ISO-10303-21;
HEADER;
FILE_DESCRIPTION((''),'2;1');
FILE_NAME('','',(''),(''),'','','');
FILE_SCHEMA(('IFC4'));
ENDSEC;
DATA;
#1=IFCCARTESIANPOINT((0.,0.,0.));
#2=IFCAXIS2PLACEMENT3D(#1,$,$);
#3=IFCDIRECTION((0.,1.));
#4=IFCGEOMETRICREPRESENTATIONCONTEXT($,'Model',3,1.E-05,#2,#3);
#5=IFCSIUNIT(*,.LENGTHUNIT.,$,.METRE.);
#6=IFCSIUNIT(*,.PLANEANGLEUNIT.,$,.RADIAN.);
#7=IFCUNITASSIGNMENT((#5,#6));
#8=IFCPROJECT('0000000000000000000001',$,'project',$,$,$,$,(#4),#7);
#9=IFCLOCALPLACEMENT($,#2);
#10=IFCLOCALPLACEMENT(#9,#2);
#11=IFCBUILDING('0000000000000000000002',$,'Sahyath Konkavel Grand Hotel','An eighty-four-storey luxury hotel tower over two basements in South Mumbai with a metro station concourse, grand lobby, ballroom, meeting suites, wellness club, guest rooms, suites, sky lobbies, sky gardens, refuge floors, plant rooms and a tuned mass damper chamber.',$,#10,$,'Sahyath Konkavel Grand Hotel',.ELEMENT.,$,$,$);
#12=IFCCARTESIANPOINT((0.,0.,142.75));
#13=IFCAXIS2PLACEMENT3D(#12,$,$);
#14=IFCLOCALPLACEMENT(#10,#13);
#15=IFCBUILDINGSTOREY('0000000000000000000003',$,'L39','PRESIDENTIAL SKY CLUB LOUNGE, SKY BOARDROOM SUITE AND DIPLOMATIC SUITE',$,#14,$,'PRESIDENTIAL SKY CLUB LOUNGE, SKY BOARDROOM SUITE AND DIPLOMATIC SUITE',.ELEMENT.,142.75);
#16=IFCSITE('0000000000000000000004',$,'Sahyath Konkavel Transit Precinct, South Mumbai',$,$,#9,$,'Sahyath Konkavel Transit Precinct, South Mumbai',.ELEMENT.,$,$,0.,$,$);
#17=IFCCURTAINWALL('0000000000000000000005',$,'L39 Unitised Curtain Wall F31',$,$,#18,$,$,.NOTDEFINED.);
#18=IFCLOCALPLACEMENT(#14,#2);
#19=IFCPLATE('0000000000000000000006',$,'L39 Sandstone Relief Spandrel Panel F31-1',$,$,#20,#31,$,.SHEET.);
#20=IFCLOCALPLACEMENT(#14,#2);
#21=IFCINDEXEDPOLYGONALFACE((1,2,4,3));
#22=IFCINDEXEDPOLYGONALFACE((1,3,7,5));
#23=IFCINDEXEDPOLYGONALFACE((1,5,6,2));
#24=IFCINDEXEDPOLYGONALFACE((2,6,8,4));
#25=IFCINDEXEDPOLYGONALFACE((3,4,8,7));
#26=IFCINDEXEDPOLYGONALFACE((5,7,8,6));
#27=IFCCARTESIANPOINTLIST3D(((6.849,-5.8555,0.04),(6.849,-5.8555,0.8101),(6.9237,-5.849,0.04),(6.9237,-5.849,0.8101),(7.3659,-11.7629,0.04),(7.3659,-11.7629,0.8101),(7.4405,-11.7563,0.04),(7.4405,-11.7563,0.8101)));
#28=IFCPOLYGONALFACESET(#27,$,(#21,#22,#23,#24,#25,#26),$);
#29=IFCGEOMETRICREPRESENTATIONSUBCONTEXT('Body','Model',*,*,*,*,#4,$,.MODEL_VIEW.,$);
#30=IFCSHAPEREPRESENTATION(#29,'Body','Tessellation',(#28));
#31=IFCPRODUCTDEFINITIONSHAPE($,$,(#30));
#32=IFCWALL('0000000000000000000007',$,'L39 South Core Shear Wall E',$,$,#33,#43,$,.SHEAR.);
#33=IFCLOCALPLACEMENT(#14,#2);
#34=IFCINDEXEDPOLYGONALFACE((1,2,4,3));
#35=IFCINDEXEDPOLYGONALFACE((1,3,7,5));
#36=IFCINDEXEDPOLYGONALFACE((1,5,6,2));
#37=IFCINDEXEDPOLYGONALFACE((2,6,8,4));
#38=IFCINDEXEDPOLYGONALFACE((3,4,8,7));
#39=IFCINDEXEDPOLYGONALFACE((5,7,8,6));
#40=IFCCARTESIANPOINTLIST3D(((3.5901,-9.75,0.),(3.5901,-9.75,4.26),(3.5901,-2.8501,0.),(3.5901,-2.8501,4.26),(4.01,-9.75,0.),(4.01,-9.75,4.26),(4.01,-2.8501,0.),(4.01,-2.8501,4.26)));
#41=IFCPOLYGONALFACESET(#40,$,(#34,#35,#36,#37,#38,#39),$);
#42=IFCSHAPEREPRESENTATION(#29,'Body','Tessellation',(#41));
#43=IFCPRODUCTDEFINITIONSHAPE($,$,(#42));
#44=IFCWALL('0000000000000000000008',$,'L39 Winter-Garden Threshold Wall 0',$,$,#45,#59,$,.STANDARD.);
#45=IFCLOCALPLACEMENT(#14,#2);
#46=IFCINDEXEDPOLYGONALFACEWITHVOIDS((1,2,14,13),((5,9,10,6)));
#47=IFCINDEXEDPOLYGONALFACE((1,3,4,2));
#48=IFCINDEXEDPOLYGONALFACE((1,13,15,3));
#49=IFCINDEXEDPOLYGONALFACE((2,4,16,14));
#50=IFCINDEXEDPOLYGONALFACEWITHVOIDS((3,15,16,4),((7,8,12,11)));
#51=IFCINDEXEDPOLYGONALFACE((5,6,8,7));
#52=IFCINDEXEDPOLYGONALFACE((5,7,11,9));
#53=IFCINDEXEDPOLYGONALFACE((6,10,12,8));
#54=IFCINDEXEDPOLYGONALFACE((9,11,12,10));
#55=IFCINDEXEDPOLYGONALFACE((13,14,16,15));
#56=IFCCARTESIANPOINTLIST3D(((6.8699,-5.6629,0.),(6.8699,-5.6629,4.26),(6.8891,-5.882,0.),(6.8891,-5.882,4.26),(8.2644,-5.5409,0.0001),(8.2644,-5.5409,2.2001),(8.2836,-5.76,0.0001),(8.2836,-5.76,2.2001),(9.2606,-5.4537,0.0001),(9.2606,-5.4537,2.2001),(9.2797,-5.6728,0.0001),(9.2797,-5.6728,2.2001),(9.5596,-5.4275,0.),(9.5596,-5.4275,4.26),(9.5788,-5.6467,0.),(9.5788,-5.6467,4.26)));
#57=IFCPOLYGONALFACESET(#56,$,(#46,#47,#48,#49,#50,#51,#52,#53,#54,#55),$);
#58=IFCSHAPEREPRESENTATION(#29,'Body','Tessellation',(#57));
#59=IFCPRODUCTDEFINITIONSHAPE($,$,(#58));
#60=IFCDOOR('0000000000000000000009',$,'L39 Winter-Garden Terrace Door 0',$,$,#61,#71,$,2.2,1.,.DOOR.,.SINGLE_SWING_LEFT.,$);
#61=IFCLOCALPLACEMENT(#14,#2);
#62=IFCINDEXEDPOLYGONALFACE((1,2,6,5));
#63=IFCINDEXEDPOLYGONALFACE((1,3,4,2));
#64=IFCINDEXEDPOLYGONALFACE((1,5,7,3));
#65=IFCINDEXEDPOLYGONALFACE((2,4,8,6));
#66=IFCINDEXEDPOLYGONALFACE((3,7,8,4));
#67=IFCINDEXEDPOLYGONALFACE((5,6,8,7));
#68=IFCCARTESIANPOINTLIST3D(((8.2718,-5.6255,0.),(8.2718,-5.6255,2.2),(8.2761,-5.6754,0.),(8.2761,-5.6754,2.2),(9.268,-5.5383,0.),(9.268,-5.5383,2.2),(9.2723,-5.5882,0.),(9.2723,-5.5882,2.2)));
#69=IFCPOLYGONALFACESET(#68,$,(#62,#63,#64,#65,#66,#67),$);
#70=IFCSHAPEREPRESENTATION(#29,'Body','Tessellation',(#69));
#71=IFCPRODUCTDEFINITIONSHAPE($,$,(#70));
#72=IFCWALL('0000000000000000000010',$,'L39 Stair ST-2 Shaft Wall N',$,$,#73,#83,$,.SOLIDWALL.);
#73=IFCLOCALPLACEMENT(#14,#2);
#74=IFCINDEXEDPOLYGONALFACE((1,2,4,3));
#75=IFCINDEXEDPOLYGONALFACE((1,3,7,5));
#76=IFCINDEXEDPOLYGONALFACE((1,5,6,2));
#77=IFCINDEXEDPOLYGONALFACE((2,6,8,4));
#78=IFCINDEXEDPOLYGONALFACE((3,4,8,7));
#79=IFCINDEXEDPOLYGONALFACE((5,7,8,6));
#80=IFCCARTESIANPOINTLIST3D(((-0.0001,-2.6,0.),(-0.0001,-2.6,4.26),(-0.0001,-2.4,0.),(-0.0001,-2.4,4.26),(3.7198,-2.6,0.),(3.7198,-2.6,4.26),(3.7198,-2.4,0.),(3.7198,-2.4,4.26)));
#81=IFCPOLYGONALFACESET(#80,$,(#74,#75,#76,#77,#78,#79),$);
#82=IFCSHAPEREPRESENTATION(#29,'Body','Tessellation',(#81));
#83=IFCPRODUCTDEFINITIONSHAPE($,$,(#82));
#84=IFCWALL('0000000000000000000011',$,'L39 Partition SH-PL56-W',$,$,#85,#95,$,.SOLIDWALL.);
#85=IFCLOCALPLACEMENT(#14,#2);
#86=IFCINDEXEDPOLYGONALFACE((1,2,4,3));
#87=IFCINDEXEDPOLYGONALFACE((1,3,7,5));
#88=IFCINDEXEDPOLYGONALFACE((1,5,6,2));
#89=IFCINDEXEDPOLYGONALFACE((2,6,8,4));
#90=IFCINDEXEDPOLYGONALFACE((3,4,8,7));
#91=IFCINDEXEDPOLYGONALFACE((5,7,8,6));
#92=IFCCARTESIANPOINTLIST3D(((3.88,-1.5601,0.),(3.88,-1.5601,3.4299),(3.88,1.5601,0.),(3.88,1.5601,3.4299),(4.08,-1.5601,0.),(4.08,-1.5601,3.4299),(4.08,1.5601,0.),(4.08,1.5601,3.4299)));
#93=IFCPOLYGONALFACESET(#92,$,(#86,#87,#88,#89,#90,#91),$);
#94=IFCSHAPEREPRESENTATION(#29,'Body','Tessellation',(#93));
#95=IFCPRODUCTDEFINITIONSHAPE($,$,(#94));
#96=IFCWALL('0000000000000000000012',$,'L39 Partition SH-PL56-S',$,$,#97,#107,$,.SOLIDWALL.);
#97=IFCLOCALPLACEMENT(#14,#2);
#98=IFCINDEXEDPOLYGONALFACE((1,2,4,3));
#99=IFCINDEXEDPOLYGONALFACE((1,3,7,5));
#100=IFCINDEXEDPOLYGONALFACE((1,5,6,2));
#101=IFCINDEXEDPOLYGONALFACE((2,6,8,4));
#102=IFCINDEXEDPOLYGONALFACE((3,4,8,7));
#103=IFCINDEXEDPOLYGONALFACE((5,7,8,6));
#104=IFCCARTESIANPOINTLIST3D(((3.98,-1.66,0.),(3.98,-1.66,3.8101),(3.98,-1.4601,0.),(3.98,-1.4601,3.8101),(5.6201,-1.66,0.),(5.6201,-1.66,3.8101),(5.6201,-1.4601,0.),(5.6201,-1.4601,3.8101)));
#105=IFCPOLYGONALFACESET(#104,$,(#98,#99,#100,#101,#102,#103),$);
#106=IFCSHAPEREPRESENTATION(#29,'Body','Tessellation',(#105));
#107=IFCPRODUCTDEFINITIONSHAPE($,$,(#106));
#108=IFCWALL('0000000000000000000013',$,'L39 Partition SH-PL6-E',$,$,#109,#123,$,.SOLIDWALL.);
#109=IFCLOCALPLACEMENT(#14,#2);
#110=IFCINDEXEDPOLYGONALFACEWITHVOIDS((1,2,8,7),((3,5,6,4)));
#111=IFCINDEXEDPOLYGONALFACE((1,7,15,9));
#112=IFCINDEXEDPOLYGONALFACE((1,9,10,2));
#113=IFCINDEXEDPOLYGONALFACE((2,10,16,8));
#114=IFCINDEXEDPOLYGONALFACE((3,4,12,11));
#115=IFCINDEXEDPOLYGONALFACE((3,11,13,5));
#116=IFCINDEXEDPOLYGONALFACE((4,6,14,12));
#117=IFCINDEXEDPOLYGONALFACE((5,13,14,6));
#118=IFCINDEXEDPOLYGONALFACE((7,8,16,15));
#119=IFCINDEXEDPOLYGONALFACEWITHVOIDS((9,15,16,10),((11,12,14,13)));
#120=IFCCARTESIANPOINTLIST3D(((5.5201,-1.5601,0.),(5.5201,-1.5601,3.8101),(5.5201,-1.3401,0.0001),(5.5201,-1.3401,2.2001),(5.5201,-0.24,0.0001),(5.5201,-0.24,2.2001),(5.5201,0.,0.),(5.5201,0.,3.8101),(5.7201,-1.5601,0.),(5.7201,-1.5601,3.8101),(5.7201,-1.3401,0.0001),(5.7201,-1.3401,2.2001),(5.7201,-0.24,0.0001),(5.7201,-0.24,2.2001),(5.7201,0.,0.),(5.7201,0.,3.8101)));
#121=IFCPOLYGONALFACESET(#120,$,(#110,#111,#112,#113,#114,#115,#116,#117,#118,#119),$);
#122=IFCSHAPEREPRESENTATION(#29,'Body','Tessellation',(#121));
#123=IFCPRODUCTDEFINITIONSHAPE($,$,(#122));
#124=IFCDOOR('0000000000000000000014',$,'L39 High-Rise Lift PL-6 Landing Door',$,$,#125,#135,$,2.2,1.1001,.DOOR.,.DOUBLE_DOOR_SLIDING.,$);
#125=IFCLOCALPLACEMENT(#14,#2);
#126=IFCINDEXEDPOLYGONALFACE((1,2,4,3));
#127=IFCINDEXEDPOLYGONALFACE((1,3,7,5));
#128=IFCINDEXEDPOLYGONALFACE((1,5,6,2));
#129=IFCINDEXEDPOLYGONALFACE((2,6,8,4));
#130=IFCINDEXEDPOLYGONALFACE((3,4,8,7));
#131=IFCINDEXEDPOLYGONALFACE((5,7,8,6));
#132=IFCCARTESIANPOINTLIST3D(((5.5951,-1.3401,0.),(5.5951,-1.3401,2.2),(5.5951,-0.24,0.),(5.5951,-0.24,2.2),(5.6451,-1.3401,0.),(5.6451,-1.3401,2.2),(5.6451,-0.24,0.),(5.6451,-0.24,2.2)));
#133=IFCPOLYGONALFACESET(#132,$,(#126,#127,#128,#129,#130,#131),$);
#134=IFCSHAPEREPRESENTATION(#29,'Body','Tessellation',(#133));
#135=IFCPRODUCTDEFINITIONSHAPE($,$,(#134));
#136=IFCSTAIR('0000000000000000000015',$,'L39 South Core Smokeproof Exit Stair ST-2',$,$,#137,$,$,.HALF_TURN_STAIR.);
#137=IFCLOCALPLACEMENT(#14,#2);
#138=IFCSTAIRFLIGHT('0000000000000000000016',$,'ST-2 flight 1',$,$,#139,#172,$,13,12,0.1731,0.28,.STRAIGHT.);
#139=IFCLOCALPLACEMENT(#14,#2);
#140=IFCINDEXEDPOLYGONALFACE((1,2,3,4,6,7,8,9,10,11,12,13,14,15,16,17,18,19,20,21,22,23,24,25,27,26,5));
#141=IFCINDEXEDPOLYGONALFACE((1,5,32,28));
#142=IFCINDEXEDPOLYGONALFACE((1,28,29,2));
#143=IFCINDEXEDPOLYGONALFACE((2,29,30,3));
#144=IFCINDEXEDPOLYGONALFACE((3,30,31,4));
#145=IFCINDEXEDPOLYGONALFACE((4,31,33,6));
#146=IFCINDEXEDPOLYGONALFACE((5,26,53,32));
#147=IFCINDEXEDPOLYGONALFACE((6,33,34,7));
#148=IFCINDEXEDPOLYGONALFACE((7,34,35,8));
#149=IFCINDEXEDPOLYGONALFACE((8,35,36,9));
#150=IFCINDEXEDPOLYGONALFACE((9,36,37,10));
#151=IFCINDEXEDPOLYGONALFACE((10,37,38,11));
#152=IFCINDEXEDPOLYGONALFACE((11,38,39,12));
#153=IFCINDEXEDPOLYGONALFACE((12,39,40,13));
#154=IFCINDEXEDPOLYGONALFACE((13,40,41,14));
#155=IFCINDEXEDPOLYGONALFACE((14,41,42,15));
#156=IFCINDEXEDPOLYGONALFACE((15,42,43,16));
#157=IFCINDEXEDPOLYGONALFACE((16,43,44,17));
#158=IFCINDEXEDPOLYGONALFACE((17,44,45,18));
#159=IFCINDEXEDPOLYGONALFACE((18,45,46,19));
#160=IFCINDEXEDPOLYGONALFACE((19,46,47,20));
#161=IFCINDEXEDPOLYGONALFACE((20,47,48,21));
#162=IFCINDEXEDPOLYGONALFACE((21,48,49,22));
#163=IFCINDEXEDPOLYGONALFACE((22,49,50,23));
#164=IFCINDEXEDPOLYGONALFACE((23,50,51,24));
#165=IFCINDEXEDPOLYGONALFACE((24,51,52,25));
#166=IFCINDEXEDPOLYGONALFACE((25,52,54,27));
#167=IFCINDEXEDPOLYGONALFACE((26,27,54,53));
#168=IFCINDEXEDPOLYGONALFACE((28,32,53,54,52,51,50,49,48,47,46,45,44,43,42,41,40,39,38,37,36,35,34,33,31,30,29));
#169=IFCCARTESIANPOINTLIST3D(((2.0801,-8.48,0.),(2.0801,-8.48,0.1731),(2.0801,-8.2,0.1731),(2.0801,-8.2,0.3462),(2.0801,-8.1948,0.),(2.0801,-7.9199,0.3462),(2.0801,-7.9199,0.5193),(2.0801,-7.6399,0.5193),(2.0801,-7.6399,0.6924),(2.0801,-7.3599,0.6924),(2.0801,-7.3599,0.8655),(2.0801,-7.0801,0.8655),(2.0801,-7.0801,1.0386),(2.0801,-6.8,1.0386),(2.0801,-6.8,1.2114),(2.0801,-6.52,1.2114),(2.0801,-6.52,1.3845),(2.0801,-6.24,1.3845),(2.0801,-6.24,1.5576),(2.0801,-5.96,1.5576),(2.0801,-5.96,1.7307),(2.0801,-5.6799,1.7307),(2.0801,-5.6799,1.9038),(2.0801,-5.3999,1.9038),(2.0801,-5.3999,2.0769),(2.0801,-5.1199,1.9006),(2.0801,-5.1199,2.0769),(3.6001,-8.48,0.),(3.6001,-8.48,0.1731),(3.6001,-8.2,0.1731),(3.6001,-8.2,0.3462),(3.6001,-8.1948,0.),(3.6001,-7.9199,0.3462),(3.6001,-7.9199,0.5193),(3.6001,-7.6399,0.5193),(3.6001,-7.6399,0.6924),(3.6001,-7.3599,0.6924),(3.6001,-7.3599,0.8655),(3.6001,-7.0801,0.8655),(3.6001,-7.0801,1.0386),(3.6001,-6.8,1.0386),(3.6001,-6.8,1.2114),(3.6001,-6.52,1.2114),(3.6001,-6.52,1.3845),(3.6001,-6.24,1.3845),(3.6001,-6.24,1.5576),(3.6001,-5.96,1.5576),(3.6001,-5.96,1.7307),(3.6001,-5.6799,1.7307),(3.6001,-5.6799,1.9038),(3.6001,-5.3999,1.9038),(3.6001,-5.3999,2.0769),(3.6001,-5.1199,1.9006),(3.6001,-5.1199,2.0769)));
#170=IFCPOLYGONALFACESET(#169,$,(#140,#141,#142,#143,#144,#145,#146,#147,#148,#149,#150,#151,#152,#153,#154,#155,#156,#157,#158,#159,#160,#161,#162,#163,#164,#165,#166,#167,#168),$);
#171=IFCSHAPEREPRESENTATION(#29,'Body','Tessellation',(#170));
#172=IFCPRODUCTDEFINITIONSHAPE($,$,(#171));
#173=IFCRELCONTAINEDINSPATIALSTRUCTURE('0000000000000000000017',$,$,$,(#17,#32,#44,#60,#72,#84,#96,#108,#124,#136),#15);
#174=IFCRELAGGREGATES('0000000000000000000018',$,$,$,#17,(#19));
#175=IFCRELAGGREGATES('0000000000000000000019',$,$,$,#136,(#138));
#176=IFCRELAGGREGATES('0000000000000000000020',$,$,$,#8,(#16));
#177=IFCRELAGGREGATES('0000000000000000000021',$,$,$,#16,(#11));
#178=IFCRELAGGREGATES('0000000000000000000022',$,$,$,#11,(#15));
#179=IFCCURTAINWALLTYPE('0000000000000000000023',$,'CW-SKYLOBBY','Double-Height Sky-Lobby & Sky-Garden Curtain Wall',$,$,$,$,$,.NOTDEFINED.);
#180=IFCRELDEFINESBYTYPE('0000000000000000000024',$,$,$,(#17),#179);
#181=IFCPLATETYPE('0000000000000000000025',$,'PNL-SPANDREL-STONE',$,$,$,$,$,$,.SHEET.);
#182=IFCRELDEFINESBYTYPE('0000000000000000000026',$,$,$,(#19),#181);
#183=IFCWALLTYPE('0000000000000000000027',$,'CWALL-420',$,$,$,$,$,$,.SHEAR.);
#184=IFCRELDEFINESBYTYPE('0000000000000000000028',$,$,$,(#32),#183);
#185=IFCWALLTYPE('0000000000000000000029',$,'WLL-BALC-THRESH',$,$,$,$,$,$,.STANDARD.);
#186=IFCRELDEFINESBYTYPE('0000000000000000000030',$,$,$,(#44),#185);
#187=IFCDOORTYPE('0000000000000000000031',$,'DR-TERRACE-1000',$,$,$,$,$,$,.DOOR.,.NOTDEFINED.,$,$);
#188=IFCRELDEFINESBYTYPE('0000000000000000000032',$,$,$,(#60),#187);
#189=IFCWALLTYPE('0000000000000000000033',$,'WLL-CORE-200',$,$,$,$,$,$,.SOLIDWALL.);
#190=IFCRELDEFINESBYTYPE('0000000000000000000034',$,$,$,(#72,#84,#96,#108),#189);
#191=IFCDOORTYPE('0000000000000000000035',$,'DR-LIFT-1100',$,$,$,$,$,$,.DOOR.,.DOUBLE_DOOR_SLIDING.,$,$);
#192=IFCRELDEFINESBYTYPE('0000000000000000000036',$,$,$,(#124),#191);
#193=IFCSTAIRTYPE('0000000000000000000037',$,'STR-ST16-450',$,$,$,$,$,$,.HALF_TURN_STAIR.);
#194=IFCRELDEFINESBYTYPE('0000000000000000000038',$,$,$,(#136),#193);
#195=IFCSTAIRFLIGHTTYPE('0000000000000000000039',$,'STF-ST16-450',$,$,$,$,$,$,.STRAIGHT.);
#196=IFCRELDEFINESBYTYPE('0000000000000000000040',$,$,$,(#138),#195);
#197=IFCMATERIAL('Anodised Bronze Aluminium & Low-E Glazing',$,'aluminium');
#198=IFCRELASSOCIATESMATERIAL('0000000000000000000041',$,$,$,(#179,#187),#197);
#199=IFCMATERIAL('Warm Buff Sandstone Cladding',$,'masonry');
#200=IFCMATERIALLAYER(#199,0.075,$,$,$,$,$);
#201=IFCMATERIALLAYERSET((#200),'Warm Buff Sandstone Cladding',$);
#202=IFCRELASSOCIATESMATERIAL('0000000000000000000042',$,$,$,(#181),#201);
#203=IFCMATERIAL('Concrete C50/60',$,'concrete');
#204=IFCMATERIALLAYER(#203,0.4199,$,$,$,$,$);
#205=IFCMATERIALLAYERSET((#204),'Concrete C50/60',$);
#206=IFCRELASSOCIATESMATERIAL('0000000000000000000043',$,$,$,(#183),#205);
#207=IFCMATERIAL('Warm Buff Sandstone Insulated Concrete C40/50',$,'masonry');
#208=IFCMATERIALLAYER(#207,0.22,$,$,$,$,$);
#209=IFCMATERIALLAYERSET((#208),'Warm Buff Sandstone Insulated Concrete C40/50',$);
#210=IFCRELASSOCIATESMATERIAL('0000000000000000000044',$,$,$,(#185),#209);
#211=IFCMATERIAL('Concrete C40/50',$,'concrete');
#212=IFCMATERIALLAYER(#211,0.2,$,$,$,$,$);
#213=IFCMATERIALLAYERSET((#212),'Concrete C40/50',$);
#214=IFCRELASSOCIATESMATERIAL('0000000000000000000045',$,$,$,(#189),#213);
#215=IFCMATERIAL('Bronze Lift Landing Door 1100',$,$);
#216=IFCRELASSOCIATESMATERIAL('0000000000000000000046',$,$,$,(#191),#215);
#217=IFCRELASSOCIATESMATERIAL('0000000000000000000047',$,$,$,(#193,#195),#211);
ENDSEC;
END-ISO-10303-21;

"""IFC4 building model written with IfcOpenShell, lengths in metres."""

from ifc_helpers import new_model, si_unit, direction, frame, frame_2d, origin, origin_2d, place, context, subcontext, project, spatial, polyline, rectangle, outline, extrude, source, transform, mapped, material, layer, layer_set, type_object, element, fill, aggregate, save


model = new_model("IFC4")

# Units and contexts
model_context = context("Model", 3, precision=1e-05, world=origin(), true_north=direction((0.0, 1.0)))
body_context = subcontext(model_context, "Body", "Model", "MODEL_VIEW")
ifc_project = project(units=[si_unit("LENGTHUNIT", "METRE"), si_unit("PLANEANGLEUNIT", "RADIAN")], contexts=[model_context])

# Site, building, storey
site_placement = place(None, origin())
site = spatial("IfcSite", under=ifc_project, at=site_placement, Name="Sahyath Konkavel Transit Precinct, South Mumbai", LongName="Sahyath Konkavel Transit Precinct, South Mumbai", CompositionType="ELEMENT", RefElevation=0.0)
building_placement = place(site_placement, origin())
building = spatial("IfcBuilding", under=site, at=building_placement, Name="Sahyath Konkavel Grand Hotel", Description="An eighty-four-storey luxury hotel tower over two basements in South Mumbai with a metro station concourse, grand lobby, ballroom, meeting suites, wellness club, guest rooms, suites, sky lobbies, sky gardens, refuge floors, plant rooms and a tuned mass damper chamber.", LongName="Sahyath Konkavel Grand Hotel", CompositionType="ELEMENT")
storey_placement = place(building_placement, frame((0.0, 0.0, 142.75)))
storey = spatial("IfcBuildingStorey", under=building, at=storey_placement, Name="L39", Description="PRESIDENTIAL SKY CLUB LOUNGE, SKY BOARDROOM SUITE AND DIPLOMATIC SUITE", LongName="PRESIDENTIAL SKY CLUB LOUNGE, SKY BOARDROOM SUITE AND DIPLOMATIC SUITE", CompositionType="ELEMENT", Elevation=142.75)

# Shared definitions
ifc_material_1 = material(Name="Concrete C50/60", Category="concrete")

# Curtain wall
ifc_material_2 = material(Name="Anodised Bronze Aluminium & Low-E Glazing", Category="aluminium")
curtain_wall_type = type_object("IfcCurtainWallType", Name="CW-SKYLOBBY", Description="Double-Height Sky-Lobby & Sky-Garden Curtain Wall", PredefinedType="NOTDEFINED", material=ifc_material_2)
curtain_wall_placement = place(storey_placement, origin())
curtain_wall = element("IfcCurtainWall", 1, at=curtain_wall_placement, inside=storey, type_object=curtain_wall_type, Name="L39 Unitised Curtain Wall F31", PredefinedType="NOTDEFINED")

# Plate
ifc_material_3 = material(Name="Warm Buff Sandstone Cladding", Category="masonry")
ifc_layer_1 = layer(ifc_material_3, 0.075)
ifc_layer_set_1 = layer_set([ifc_layer_1], Name="Warm Buff Sandstone Cladding")
plate_type = type_object("IfcPlateType", Name="PNL-SPANDREL-STONE", PredefinedType="SHEET", material=ifc_layer_set_1)
shared_shape_1 = source(origin(), body_context, "Body", "SweptSolid", [
    extrude(rectangle(XDim=5.9299, YDim=0.075, at=origin_2d()), origin(), (0.0, 0.0, 1.0), 0.77),
])
plate_placement = place(storey_placement, frame((7.1448, -8.8059, 0.04), z_axis=(0.0, 0.0, 1.0), x_axis=(-0.087156, 0.996195, 0.0)))
plate = element("IfcPlate", 2, at=plate_placement, type_object=plate_type, Name="L39 Sandstone Relief Spandrel Panel F31-1", PredefinedType="SHEET", context=body_context, shape_type="MappedRepresentation", body=[
    mapped(shared_shape_1, transform((0.0, 0.0, 0.0), scale=1.0)),
])
aggregate(curtain_wall, [plate])

# Wall
ifc_layer_2 = layer(ifc_material_1, 0.4199)
ifc_layer_set_2 = layer_set([ifc_layer_2], Name="Concrete C50/60")
wall_type_1 = type_object("IfcWallType", Name="CWALL-420", PredefinedType="SHEAR", material=ifc_layer_set_2)
wall_1_placement = place(storey_placement, frame((3.8, -9.75, 0.0), z_axis=(0.0, 0.0, 1.0), x_axis=(0.0, 1.0, 0.0)))
element("IfcWall", 3, at=wall_1_placement, inside=storey, type_object=wall_type_1, Name="L39 South Core Shear Wall E", PredefinedType="SHEAR", context=body_context, shape_type="SweptSolid", body=[
    extrude(rectangle(XDim=6.8999, YDim=0.4199, at=frame_2d((3.45, 0.0))), origin(), (0.0, 0.0, 1.0), 4.26),
])

# Wall, opening, door
ifc_material_4 = material(Name="Warm Buff Sandstone Insulated Concrete C40/50", Category="masonry")
ifc_layer_3 = layer(ifc_material_4, 0.22)
ifc_layer_set_3 = layer_set([ifc_layer_3], Name="Warm Buff Sandstone Insulated Concrete C40/50")
wall_type_2 = type_object("IfcWallType", Name="WLL-BALC-THRESH", PredefinedType="STANDARD", material=ifc_layer_set_3)
wall_2_placement = place(storey_placement, frame((6.8794, -5.7725, 0.0), z_axis=(0.0, 0.0, 1.0), x_axis=(0.996194, 0.087168, 0.0)))
wall_2 = element("IfcWall", 4, at=wall_2_placement, inside=storey, type_object=wall_type_2, Name="L39 Winter-Garden Threshold Wall 0", PredefinedType="STANDARD", context=body_context, shape_type="SweptSolid", body=[
    extrude(rectangle(XDim=2.7, YDim=0.22, at=frame_2d((1.3501, 0.0))), origin(), (0.0, 0.0, 1.0), 4.26),
])
opening_1_placement = place(wall_2_placement, frame((1.3999, 0.0, 0.0)))
opening_1 = element("IfcOpeningElement", 5, at=opening_1_placement, cuts=wall_2, PredefinedType="OPENING", context=body_context, shape_type="SweptSolid", body=[
    extrude(rectangle(XDim=1.0, YDim=2.2, at=frame_2d((0.5, 1.1001))), frame((0.0, 0.1201, 0.0), z_axis=(0.0, -1.0, 0.0), x_axis=(1.0, 0.0, 0.0)), (0.0, 0.0, 1.0), 0.24),
])
door_type_1 = type_object("IfcDoorType", Name="DR-TERRACE-1000", OperationType="NOTDEFINED", PredefinedType="DOOR", material=ifc_material_2)
shared_shape_2 = source(origin(), body_context, "Body", "SweptSolid", [
    extrude(rectangle(XDim=1.0, YDim=0.05, at=origin_2d()), origin(), (0.0, 0.0, 1.0), 2.2),
])
door_1_placement = place(opening_1_placement, frame((0.5, 0.0, 0.0)))
door_1 = element("IfcDoor", 6, at=door_1_placement, inside=storey, type_object=door_type_1, Name="L39 Winter-Garden Terrace Door 0", OperationType="SINGLE_SWING_LEFT", OverallHeight=2.2, OverallWidth=1.0, PredefinedType="DOOR", context=body_context, shape_type="MappedRepresentation", body=[
    mapped(shared_shape_2, transform((0.0, 0.0, 0.0), scale=1.0)),
])
fill(opening_1, door_1)

# Walls
ifc_material_5 = material(Name="Concrete C40/50", Category="concrete")
ifc_layer_4 = layer(ifc_material_5, 0.2)
ifc_layer_set_4 = layer_set([ifc_layer_4], Name="Concrete C40/50")
wall_type_3 = type_object("IfcWallType", Name="WLL-CORE-200", PredefinedType="SOLIDWALL", material=ifc_layer_set_4)
wall_3_placement = place(storey_placement, frame((0.0, -2.5, 0.0), z_axis=(0.0, 0.0, 1.0), x_axis=(1.0, 0.0, 0.0)))
element("IfcWall", 7, at=wall_3_placement, inside=storey, type_object=wall_type_3, Name="L39 Stair ST-2 Shaft Wall N", PredefinedType="SOLIDWALL", context=body_context, shape_type="SweptSolid", body=[
    extrude(rectangle(XDim=3.72, YDim=0.2, at=frame_2d((1.8599, 0.0))), origin(), (0.0, 0.0, 1.0), 4.26),
])
wall_4_placement = place(storey_placement, frame((3.98, -1.5601, 0.0), z_axis=(0.0, 0.0, 1.0), x_axis=(0.0, 1.0, 0.0)))
element("IfcWall", 8, at=wall_4_placement, inside=storey, type_object=wall_type_3, Name="L39 Partition SH-PL56-W", PredefinedType="SOLIDWALL", context=body_context, shape_type="SweptSolid", body=[
    extrude(rectangle(XDim=3.1201, YDim=0.2, at=frame_2d((1.5601, 0.0))), origin(), (0.0, 0.0, 1.0), 3.4299),
])
wall_5_placement = place(storey_placement, frame((3.98, -1.5601, 0.0), z_axis=(0.0, 0.0, 1.0), x_axis=(1.0, 0.0, 0.0)))
element("IfcWall", 9, at=wall_5_placement, inside=storey, type_object=wall_type_3, Name="L39 Partition SH-PL56-S", PredefinedType="SOLIDWALL", context=body_context, shape_type="SweptSolid", body=[
    extrude(rectangle(XDim=1.6401, YDim=0.2, at=frame_2d((0.8201, 0.0))), origin(), (0.0, 0.0, 1.0), 3.8101),
])

# Wall, opening, door
wall_6_placement = place(storey_placement, frame((5.6201, -1.5601, 0.0), z_axis=(0.0, 0.0, 1.0), x_axis=(0.0, 1.0, 0.0)))
wall_6 = element("IfcWall", 10, at=wall_6_placement, inside=storey, type_object=wall_type_3, Name="L39 Partition SH-PL6-E", PredefinedType="SOLIDWALL", context=body_context, shape_type="SweptSolid", body=[
    extrude(rectangle(XDim=1.5601, YDim=0.2, at=frame_2d((0.78, 0.0))), origin(), (0.0, 0.0, 1.0), 3.8101),
])
opening_2_placement = place(wall_6_placement, frame((0.22, 0.0, 0.0)))
opening_2 = element("IfcOpeningElement", 11, at=opening_2_placement, cuts=wall_6, PredefinedType="OPENING", context=body_context, shape_type="SweptSolid", body=[
    extrude(rectangle(XDim=1.1001, YDim=2.2, at=frame_2d((0.55, 1.1001))), frame((0.0, 0.1099, 0.0), z_axis=(0.0, -1.0, 0.0), x_axis=(1.0, 0.0, 0.0)), (0.0, 0.0, 1.0), 0.22),
])
ifc_material_6 = material(Name="Bronze Lift Landing Door 1100")
door_type_2 = type_object("IfcDoorType", Name="DR-LIFT-1100", OperationType="DOUBLE_DOOR_SLIDING", PredefinedType="DOOR", material=ifc_material_6)
shared_shape_3 = source(origin(), body_context, "Body", "SweptSolid", [
    extrude(rectangle(XDim=1.1001, YDim=0.05, at=origin_2d()), origin(), (0.0, 0.0, 1.0), 2.2),
])
door_2_placement = place(opening_2_placement, frame((0.55, 0.0, 0.0)))
door_2 = element("IfcDoor", 12, at=door_2_placement, inside=storey, type_object=door_type_2, Name="L39 High-Rise Lift PL-6 Landing Door", OperationType="DOUBLE_DOOR_SLIDING", OverallHeight=2.2, OverallWidth=1.1001, PredefinedType="DOOR", context=body_context, shape_type="MappedRepresentation", body=[
    mapped(shared_shape_3, transform((0.0, 0.0, 0.0), scale=1.0)),
])
fill(opening_2, door_2)

# Stair, stair flight
stair_type = type_object("IfcStairType", Name="STR-ST16-450", PredefinedType="HALF_TURN_STAIR", material=ifc_material_5)
stair_placement = place(storey_placement, origin())
stair = element("IfcStair", 13, at=stair_placement, inside=storey, type_object=stair_type, Name="L39 South Core Smokeproof Exit Stair ST-2", PredefinedType="HALF_TURN_STAIR")
stair_flight_type = type_object("IfcStairFlightType", Name="STF-ST16-450", PredefinedType="STRAIGHT", material=ifc_material_5)
stair_flight_1_placement = place(storey_placement, frame((2.8401, -8.48, 0.0), z_axis=(0.0, 0.0, 1.0), x_axis=(0.0, 1.0, 0.0)))
stair_flight_1 = element("IfcStairFlight", 14, at=stair_flight_1_placement, type_object=stair_flight_type, Name="ST-2 flight 1", NumberOfRisers=13, NumberOfTreads=12, PredefinedType="STRAIGHT", RiserHeight=0.1731, TreadLength=0.28, context=body_context, shape_type="SweptSolid", body=[
    extrude(outline(polyline([(0.0, 0.0), (0.0, 0.1731), (0.28, 0.1731), (0.28, 0.3462), (0.5601, 0.3462), (0.5601, 0.5193), (0.8401, 0.5193), (0.8401, 0.6924), (1.1201, 0.6924), (1.1201, 0.8655), (1.3999, 0.8655), (1.3999, 1.0386), (1.6799, 1.0386), (1.6799, 1.2114), (1.96, 1.2114), (1.96, 1.3845), (2.24, 1.3845), (2.24, 1.5576), (2.52, 1.5576), (2.52, 1.7307), (2.8, 1.7307), (2.8, 1.9038), (3.0801, 1.9038), (3.0801, 2.0769), (3.3601, 2.0769), (3.3601, 2.25), (3.3601, 1.9006), (0.2852, 0.0), (0.0, 0.0)])), frame((0.0, 0.76, 0.0), z_axis=(0.0, -1.0, 0.0), x_axis=(1.0, 0.0, 0.0)), (0.0, 0.0, 1.0), 1.52),
])
aggregate(stair, [stair_flight_1])

save(model, "model.ifc")
